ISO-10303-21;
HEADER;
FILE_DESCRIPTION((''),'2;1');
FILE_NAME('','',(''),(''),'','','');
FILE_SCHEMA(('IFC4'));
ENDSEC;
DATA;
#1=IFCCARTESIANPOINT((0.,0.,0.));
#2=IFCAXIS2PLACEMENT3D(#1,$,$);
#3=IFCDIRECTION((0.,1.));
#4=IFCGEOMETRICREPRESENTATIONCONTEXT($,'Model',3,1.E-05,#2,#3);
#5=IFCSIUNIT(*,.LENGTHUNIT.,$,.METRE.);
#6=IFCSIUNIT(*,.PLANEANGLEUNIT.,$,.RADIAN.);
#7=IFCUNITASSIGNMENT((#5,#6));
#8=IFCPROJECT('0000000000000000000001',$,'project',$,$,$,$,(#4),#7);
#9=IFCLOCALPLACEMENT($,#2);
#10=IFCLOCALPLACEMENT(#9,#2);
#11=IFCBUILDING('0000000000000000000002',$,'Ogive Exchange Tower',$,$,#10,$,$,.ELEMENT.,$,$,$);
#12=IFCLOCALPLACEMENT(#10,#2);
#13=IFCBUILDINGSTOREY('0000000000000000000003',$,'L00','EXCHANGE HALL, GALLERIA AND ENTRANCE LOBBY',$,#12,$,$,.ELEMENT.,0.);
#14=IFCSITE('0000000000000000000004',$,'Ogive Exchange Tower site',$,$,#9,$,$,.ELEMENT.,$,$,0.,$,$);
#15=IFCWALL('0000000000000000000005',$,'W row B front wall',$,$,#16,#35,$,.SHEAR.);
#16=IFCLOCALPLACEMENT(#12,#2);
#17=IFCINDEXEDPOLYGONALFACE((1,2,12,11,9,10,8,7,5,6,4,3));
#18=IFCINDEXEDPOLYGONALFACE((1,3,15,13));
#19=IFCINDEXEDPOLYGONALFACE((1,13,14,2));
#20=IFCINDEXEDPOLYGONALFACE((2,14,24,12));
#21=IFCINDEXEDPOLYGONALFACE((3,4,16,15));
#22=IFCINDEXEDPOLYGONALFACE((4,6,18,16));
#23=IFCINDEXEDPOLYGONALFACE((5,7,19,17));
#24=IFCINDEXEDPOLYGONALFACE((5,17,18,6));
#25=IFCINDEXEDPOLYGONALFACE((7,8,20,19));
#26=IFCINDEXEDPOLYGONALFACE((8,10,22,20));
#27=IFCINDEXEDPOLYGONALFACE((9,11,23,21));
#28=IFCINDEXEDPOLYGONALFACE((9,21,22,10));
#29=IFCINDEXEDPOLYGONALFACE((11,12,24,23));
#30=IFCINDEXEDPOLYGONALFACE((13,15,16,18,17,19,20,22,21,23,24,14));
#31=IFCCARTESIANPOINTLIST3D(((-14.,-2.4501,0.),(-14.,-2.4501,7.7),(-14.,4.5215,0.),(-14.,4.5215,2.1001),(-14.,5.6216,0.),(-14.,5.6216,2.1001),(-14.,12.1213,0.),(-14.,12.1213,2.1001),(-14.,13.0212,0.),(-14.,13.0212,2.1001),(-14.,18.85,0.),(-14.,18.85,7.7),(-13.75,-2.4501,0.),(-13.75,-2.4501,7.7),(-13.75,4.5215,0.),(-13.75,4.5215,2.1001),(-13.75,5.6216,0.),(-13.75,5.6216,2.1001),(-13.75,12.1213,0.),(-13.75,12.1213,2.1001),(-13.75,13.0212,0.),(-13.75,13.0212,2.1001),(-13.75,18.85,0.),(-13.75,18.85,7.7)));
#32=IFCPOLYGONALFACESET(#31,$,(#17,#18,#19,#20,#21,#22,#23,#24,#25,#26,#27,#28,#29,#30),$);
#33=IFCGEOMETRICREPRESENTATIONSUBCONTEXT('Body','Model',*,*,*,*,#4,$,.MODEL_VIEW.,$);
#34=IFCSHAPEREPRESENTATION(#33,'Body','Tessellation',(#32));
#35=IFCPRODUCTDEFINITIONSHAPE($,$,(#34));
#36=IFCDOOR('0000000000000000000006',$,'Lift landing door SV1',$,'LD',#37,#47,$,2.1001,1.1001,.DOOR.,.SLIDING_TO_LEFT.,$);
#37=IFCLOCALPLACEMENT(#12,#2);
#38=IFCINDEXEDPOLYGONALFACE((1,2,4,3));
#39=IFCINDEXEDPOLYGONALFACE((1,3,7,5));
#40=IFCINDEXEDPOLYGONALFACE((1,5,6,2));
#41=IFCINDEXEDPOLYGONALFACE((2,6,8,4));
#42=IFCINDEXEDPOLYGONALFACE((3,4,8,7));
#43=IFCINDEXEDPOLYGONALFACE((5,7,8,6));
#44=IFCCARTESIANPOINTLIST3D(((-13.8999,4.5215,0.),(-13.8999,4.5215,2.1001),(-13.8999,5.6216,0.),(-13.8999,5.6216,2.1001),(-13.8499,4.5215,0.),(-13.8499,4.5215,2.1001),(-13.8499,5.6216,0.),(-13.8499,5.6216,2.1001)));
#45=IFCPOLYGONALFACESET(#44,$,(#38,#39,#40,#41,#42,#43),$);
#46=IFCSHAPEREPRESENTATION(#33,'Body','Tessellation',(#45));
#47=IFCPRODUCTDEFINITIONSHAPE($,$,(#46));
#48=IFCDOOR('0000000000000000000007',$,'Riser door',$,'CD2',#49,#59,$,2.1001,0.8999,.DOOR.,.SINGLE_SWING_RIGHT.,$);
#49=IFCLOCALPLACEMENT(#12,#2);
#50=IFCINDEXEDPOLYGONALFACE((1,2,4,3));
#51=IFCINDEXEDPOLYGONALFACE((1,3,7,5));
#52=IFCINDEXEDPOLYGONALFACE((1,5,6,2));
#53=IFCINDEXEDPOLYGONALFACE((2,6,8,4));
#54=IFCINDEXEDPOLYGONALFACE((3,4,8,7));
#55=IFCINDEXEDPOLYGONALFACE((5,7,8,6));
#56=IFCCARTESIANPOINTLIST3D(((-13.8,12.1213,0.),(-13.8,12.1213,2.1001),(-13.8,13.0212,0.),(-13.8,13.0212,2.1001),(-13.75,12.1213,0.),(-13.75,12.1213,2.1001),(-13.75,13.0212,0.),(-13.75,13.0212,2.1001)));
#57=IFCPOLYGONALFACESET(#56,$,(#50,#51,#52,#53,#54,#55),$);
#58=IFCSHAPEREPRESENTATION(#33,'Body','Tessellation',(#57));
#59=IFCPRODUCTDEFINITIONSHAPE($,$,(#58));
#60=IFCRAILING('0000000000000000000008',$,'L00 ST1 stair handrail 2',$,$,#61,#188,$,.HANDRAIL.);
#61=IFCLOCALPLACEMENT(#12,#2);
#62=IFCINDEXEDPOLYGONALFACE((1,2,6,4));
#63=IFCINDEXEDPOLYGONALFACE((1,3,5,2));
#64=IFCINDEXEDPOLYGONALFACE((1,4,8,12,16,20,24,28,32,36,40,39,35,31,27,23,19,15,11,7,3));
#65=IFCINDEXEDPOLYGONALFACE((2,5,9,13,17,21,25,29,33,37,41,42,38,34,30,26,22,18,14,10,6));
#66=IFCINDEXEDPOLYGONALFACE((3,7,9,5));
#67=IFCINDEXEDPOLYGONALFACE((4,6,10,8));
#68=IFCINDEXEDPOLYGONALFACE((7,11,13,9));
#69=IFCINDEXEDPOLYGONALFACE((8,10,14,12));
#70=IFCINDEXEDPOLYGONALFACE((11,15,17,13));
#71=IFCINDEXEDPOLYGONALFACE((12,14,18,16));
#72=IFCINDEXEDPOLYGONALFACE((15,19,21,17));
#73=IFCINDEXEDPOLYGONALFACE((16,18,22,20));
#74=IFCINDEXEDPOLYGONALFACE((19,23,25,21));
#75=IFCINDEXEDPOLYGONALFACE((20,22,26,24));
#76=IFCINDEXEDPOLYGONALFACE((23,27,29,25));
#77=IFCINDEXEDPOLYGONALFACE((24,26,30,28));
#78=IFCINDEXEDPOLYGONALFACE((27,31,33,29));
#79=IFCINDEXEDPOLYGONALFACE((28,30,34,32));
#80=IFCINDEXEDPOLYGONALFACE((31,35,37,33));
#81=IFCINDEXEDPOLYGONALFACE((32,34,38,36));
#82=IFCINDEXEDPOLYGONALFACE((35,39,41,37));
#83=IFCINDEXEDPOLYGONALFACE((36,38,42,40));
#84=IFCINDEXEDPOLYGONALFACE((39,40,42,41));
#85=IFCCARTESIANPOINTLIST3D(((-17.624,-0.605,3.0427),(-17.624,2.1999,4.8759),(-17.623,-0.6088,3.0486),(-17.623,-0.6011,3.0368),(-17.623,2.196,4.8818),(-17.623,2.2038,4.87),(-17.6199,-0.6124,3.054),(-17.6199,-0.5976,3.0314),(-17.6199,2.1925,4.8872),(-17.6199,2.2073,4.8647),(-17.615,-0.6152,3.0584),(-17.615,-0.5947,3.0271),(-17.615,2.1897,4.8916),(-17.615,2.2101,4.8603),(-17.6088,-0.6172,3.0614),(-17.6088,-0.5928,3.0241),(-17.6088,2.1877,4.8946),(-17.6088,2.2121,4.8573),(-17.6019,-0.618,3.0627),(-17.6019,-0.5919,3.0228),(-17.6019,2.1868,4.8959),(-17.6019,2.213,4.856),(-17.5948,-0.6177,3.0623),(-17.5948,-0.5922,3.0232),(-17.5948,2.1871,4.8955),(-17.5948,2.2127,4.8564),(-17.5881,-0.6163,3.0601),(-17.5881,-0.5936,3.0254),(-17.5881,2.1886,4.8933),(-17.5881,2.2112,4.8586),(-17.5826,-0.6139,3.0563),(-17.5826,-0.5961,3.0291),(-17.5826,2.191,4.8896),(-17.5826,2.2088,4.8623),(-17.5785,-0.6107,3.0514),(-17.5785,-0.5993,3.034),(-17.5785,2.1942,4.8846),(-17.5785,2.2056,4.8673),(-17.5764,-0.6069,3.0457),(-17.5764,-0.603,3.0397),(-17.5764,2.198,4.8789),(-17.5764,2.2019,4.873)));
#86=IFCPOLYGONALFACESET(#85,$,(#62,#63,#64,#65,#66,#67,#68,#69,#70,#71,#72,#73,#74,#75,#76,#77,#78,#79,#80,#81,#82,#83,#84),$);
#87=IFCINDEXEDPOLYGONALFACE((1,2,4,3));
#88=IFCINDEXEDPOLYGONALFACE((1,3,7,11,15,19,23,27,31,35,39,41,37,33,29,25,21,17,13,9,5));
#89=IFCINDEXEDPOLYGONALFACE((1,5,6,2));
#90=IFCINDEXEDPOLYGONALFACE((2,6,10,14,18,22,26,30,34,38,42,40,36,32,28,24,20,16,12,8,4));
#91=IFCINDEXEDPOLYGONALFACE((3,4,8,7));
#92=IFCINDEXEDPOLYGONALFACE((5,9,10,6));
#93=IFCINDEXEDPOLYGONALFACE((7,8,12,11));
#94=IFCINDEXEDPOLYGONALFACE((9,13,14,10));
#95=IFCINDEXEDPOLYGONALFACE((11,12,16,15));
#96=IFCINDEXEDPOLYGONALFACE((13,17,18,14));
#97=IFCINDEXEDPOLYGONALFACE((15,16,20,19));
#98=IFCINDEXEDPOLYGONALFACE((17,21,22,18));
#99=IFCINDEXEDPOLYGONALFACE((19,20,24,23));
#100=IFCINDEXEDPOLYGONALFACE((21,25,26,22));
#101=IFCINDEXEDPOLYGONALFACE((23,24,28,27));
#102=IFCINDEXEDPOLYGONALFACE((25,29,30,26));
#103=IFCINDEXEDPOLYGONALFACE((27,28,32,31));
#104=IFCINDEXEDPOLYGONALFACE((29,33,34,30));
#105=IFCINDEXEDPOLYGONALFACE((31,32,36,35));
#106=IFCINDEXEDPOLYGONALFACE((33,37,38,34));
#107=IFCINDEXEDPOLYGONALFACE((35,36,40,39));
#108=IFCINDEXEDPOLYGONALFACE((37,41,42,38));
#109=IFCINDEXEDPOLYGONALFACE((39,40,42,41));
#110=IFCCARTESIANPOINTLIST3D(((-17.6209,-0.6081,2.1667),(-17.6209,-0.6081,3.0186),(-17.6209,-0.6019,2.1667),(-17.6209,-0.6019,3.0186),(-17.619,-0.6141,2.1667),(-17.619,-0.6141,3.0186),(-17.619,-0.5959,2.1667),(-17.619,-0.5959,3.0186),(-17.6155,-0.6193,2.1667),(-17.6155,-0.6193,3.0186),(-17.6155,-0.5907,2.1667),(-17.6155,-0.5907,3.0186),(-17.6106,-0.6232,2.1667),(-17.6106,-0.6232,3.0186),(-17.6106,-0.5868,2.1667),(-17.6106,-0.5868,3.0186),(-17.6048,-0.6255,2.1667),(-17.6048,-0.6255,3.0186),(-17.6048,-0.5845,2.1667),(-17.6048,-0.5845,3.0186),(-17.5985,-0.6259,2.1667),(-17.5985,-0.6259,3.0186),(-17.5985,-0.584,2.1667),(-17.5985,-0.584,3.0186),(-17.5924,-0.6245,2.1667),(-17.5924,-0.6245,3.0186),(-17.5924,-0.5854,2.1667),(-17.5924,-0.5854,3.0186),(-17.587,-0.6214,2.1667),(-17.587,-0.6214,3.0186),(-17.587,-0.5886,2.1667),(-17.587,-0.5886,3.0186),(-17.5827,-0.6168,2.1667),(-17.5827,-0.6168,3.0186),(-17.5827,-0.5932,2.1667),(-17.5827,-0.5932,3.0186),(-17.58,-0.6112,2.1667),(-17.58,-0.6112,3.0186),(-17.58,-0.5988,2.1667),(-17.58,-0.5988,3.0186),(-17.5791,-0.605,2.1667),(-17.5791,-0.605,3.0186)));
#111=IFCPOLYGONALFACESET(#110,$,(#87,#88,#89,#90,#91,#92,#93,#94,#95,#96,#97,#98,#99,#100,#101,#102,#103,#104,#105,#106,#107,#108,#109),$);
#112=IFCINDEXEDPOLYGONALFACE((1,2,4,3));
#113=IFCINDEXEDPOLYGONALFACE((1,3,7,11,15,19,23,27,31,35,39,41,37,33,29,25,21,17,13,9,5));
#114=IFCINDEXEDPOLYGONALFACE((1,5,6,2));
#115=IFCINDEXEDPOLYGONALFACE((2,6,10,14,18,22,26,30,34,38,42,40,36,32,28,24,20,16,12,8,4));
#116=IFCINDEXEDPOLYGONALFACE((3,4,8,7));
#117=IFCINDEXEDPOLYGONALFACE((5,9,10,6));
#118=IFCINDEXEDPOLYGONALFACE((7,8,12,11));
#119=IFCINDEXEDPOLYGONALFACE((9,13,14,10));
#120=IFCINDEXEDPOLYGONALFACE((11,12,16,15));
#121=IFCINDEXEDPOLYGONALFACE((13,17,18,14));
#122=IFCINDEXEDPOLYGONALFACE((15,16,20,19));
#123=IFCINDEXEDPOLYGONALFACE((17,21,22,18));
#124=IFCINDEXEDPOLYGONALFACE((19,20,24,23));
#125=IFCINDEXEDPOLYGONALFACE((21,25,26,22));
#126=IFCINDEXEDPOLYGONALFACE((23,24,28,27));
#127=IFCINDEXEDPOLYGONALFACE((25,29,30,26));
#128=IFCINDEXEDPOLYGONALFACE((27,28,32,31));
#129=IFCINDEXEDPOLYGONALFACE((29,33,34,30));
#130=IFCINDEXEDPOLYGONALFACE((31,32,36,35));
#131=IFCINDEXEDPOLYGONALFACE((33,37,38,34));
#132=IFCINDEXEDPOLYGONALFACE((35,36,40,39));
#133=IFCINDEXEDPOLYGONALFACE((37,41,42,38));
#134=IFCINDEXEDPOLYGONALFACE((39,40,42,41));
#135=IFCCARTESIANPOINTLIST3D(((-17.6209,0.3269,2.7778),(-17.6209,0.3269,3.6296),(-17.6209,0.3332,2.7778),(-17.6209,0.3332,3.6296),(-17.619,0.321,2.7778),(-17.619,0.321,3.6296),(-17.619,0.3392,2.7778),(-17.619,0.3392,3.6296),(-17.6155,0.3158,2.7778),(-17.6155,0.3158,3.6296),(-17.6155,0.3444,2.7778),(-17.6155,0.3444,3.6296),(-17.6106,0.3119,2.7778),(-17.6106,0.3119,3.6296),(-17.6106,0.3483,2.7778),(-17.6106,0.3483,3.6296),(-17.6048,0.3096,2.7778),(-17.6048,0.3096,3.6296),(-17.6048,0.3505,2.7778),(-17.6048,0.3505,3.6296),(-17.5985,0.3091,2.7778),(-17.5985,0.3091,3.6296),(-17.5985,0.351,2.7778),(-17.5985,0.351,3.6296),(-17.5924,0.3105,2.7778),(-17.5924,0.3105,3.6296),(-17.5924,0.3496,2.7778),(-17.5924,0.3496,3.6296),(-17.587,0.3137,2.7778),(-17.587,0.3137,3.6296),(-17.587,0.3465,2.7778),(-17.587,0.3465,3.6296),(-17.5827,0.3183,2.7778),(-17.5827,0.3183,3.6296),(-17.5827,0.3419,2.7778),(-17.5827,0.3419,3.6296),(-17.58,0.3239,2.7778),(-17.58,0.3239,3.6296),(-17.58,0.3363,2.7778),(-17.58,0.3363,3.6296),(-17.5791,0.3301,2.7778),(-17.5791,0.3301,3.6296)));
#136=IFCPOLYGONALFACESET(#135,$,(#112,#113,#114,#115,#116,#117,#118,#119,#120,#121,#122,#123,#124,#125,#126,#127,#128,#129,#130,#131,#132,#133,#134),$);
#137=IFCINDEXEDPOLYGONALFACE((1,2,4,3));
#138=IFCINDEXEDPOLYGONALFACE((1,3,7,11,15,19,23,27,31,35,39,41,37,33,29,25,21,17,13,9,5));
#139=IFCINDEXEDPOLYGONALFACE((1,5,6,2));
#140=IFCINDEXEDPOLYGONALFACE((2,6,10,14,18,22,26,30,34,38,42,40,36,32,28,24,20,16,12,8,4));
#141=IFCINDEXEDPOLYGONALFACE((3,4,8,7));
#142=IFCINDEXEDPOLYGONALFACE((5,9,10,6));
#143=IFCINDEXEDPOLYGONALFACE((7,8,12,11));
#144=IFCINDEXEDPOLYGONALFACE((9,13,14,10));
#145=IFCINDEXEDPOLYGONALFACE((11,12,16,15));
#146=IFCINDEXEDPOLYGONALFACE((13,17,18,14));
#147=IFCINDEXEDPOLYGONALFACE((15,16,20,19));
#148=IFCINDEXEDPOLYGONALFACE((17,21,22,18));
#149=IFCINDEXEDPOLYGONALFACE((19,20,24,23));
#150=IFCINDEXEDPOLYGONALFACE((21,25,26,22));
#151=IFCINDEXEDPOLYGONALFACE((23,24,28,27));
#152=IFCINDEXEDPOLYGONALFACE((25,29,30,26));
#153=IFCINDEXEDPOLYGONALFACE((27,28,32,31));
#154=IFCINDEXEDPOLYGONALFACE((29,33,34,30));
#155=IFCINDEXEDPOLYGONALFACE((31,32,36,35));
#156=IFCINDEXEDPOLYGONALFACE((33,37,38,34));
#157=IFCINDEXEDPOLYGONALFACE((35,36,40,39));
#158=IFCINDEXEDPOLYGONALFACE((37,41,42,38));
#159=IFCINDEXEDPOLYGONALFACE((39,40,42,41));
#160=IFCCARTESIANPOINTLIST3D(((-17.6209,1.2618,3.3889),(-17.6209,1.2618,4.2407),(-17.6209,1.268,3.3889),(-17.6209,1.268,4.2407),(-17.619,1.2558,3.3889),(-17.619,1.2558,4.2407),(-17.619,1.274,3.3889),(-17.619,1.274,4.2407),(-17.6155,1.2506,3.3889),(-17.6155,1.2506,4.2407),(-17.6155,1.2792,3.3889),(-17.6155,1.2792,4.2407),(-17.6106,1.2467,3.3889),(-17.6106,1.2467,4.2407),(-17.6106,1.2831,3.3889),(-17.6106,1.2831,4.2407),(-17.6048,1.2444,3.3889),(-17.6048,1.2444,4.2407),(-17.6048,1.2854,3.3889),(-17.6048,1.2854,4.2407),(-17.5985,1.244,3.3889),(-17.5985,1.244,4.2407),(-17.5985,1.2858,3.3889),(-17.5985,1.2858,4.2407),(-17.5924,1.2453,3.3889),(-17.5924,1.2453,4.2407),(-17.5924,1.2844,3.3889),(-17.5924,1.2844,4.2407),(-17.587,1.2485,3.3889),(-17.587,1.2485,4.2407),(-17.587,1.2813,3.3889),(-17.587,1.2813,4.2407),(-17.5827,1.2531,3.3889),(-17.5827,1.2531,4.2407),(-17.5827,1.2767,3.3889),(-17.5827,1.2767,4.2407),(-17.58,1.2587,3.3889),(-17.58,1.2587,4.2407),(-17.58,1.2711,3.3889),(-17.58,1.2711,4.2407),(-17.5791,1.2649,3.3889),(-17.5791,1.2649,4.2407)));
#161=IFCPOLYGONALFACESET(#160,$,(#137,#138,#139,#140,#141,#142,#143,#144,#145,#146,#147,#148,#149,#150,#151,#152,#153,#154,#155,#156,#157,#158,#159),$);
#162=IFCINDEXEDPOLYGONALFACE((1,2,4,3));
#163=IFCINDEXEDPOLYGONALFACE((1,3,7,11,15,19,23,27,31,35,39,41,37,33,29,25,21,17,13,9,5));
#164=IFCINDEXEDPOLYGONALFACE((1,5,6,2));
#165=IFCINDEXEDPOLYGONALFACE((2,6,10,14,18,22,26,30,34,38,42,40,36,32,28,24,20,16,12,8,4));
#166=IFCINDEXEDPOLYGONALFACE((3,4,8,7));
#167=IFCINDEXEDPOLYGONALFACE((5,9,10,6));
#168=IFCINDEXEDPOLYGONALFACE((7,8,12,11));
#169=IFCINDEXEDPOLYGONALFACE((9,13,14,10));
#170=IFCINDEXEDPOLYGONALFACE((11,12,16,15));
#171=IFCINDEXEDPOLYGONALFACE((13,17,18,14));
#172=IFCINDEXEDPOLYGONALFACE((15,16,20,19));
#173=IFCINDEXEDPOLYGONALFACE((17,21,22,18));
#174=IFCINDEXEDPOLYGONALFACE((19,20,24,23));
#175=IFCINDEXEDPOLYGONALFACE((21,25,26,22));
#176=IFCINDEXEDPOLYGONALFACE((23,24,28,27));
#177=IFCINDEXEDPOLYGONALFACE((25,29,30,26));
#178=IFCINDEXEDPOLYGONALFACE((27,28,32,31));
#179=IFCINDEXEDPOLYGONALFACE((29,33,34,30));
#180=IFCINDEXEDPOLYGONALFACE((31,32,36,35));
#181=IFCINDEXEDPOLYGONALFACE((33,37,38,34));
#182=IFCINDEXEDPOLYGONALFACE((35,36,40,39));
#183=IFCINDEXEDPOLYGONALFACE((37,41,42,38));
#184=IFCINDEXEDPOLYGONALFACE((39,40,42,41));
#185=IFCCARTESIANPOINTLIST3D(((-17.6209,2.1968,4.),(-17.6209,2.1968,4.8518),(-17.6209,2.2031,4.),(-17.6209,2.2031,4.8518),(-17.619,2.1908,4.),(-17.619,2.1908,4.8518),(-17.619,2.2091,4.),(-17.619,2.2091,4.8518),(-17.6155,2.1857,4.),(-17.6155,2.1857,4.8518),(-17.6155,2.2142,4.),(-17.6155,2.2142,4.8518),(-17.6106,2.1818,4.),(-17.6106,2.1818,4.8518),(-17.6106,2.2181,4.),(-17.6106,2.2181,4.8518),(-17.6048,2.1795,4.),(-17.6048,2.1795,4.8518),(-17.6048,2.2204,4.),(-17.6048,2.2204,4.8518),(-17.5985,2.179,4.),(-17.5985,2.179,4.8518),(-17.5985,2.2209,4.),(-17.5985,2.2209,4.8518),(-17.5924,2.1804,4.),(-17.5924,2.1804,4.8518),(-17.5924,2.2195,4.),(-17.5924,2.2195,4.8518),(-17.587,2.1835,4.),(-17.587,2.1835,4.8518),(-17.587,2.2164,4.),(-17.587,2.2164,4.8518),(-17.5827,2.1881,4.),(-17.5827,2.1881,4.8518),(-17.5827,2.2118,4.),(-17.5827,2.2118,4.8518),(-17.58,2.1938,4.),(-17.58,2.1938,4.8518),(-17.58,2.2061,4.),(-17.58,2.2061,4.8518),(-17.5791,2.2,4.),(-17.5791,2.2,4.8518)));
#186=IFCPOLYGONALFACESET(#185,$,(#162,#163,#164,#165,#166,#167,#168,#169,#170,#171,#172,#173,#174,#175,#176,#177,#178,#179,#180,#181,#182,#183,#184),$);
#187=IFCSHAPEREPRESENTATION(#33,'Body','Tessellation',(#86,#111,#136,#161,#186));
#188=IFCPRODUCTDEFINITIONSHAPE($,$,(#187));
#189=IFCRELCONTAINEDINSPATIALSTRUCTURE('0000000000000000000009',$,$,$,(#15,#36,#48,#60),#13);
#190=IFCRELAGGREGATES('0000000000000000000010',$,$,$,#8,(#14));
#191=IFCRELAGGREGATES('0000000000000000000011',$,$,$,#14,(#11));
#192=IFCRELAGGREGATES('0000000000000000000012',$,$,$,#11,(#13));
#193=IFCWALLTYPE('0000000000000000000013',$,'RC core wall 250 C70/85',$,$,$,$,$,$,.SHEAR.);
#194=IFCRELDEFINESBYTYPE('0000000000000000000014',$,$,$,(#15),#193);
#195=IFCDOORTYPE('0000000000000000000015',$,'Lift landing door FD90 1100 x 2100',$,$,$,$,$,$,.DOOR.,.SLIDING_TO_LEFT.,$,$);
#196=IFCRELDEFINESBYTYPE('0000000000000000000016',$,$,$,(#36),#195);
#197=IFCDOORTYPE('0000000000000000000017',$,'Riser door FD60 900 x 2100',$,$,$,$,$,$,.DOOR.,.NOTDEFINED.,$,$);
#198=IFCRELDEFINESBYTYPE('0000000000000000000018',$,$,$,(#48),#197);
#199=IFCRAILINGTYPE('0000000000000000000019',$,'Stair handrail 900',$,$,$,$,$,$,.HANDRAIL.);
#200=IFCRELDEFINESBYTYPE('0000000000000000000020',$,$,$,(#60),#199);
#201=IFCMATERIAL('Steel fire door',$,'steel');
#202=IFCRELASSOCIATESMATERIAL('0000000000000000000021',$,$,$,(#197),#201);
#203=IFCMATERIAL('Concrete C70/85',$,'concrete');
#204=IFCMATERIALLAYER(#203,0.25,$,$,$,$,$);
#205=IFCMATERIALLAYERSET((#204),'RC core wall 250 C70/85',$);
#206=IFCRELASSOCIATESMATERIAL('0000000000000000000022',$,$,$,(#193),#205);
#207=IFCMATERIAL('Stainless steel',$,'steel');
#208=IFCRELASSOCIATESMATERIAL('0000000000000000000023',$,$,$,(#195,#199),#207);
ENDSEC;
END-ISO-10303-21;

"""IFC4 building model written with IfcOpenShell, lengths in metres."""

from ifc_helpers import new_model, si_unit, direction, frame, frame_2d, origin, origin_2d, place, context, subcontext, project, spatial, rectangle, circle, extrude, material, layer, layer_set, type_object, element, fill, save


model = new_model("IFC4")

# Units and contexts
model_context = context("Model", 3, precision=1e-05, world=origin(), true_north=direction((0.0, 1.0)))
body_context = subcontext(model_context, "Body", "Model", "MODEL_VIEW")
ifc_project = project(units=[si_unit("LENGTHUNIT", "METRE"), si_unit("PLANEANGLEUNIT", "RADIAN")], contexts=[model_context])

# Site, building, storey
site_placement = place(None, origin())
site = spatial("IfcSite", under=ifc_project, at=site_placement, Name="Ogive Exchange Tower site", CompositionType="ELEMENT", RefElevation=0.0)
building_placement = place(site_placement, origin())
building = spatial("IfcBuilding", under=site, at=building_placement, Name="Ogive Exchange Tower", CompositionType="ELEMENT")
storey_placement = place(building_placement, origin())
storey = spatial("IfcBuildingStorey", under=building, at=storey_placement, Name="L00", Description="EXCHANGE HALL, GALLERIA AND ENTRANCE LOBBY", CompositionType="ELEMENT", Elevation=0.0)

# Shared definitions
ifc_material_1 = material(Name="Concrete C70/85", Category="concrete")
ifc_material_2 = material(Name="Steel fire door", Category="steel")
door_type_1 = type_object("IfcDoorType", Name="Riser door FD60 900 x 2100", OperationType="NOTDEFINED", PredefinedType="DOOR", material=ifc_material_2)

# Shared definitions
ifc_layer_1 = layer(ifc_material_1, 0.25)
ifc_layer_set_1 = layer_set([ifc_layer_1], Name="RC core wall 250 C70/85")
wall_type_1 = type_object("IfcWallType", Name="RC core wall 250 C70/85", PredefinedType="SHEAR", material=ifc_layer_set_1)

# Wall, openings, doors
wall_1_placement = place(storey_placement, frame((-13.875, -2.45, 0.0), z_axis=(0.0, 0.0, 1.0), x_axis=(0.0, 1.0, 0.0)))
wall_1 = element("IfcWall", 1, at=wall_1_placement, inside=storey, type_object=wall_type_1, Name="W row B front wall", PredefinedType="SHEAR", context=body_context, shape_type="SweptSolid", body=[
    extrude(rectangle(XDim=21.3, YDim=0.25, at=frame_2d((10.6499, 0.0))), origin(), (0.0, 0.0, 1.0), 7.7),
])
opening_1_placement = place(wall_1_placement, frame((14.5713, 0.0, 0.0)))
opening_1 = element("IfcOpeningElement", 2, at=opening_1_placement, cuts=wall_1, PredefinedType="OPENING", context=body_context, shape_type="SweptSolid", body=[
    extrude(rectangle(XDim=0.8999, YDim=2.1001, at=frame_2d((0.45, 1.05))), frame((0.0, 0.135, 0.0), z_axis=(0.0, -1.0, 0.0), x_axis=(1.0, 0.0, 0.0)), (0.0, 0.0, 1.0), 0.27),
])
opening_2_placement = place(wall_1_placement, frame((6.9714, 0.0, 0.0)))
opening_2 = element("IfcOpeningElement", 3, at=opening_2_placement, cuts=wall_1, PredefinedType="OPENING", context=body_context, shape_type="SweptSolid", body=[
    extrude(rectangle(XDim=1.1001, YDim=2.1001, at=frame_2d((0.55, 1.05))), frame((0.0, 0.135, 0.0), z_axis=(0.0, -1.0, 0.0), x_axis=(1.0, 0.0, 0.0)), (0.0, 0.0, 1.0), 0.27),
])
ifc_material_3 = material(Name="Stainless steel", Category="steel")
door_type_2 = type_object("IfcDoorType", Name="Lift landing door FD90 1100 x 2100", OperationType="SLIDING_TO_LEFT", PredefinedType="DOOR", material=ifc_material_3)
door_1_placement = place(opening_2_placement, origin())
door_1 = element("IfcDoor", 4, at=door_1_placement, inside=storey, type_object=door_type_2, Name="Lift landing door SV1", ObjectType="LD", OperationType="SLIDING_TO_LEFT", OverallHeight=2.1001, OverallWidth=1.1001, PredefinedType="DOOR", context=body_context, shape_type="SweptSolid", body=[
    extrude(rectangle(XDim=1.1001, YDim=2.1001, at=frame_2d((0.55, 1.05))), frame((0.0, 0.0249, 0.0), z_axis=(0.0, -1.0, 0.0), x_axis=(1.0, 0.0, 0.0)), (0.0, 0.0, 1.0), 0.05),
])
fill(opening_2, door_1)
door_2_placement = place(opening_1_placement, frame((0.8999, -0.2002, 0.0), z_axis=(0.0, 0.0, 1.0), x_axis=(-1.0, 0.0, 0.0)))
door_2 = element("IfcDoor", 5, at=door_2_placement, inside=storey, type_object=door_type_1, Name="Riser door", ObjectType="CD2", OperationType="SINGLE_SWING_RIGHT", OverallHeight=2.1001, OverallWidth=0.8999, PredefinedType="DOOR", context=body_context, shape_type="SweptSolid", body=[
    extrude(rectangle(XDim=0.8999, YDim=2.1001, at=frame_2d((0.45, 1.05))), frame((0.0, -0.0752, 0.0), z_axis=(0.0, -1.0, 0.0), x_axis=(1.0, 0.0, 0.0)), (0.0, 0.0, 1.0), 0.05),
])
fill(opening_1, door_2)

# Railing
railing_type = type_object("IfcRailingType", Name="Stair handrail 900", PredefinedType="HANDRAIL", material=ifc_material_3)
for number, where, name in (
    (6, (-17.6001, -0.605, 2.1667), "L00 ST1 stair handrail 2"),
):
    element("IfcRailing", number, at=place(storey_placement, frame(where)), inside=storey, type_object=railing_type, Name=name, PredefinedType="HANDRAIL", context=body_context, shape_type="SweptSolid", body=[
        extrude(circle(Radius=0.0239, at=origin_2d()), frame((0.0, 0.0, 0.876), z_axis=(0.0, 0.837071, 0.547094), x_axis=(-1.0, 0.0, 0.0)), (0.0, 0.0, 1.0), 3.3508),
        extrude(circle(Radius=0.021, at=origin_2d()), origin(), (0.0, 0.0, 1.0), 0.8518),
        extrude(circle(Radius=0.021, at=origin_2d()), frame((0.0, 0.9351, 0.6111)), (0.0, 0.0, 1.0), 0.8518),
        extrude(circle(Radius=0.021, at=origin_2d()), frame((0.0, 1.8699, 1.2222)), (0.0, 0.0, 1.0), 0.8518),
        extrude(circle(Radius=0.021, at=origin_2d()), frame((0.0, 2.8049, 1.8333)), (0.0, 0.0, 1.0), 0.8518),
    ])

save(model, "model.ifc")
